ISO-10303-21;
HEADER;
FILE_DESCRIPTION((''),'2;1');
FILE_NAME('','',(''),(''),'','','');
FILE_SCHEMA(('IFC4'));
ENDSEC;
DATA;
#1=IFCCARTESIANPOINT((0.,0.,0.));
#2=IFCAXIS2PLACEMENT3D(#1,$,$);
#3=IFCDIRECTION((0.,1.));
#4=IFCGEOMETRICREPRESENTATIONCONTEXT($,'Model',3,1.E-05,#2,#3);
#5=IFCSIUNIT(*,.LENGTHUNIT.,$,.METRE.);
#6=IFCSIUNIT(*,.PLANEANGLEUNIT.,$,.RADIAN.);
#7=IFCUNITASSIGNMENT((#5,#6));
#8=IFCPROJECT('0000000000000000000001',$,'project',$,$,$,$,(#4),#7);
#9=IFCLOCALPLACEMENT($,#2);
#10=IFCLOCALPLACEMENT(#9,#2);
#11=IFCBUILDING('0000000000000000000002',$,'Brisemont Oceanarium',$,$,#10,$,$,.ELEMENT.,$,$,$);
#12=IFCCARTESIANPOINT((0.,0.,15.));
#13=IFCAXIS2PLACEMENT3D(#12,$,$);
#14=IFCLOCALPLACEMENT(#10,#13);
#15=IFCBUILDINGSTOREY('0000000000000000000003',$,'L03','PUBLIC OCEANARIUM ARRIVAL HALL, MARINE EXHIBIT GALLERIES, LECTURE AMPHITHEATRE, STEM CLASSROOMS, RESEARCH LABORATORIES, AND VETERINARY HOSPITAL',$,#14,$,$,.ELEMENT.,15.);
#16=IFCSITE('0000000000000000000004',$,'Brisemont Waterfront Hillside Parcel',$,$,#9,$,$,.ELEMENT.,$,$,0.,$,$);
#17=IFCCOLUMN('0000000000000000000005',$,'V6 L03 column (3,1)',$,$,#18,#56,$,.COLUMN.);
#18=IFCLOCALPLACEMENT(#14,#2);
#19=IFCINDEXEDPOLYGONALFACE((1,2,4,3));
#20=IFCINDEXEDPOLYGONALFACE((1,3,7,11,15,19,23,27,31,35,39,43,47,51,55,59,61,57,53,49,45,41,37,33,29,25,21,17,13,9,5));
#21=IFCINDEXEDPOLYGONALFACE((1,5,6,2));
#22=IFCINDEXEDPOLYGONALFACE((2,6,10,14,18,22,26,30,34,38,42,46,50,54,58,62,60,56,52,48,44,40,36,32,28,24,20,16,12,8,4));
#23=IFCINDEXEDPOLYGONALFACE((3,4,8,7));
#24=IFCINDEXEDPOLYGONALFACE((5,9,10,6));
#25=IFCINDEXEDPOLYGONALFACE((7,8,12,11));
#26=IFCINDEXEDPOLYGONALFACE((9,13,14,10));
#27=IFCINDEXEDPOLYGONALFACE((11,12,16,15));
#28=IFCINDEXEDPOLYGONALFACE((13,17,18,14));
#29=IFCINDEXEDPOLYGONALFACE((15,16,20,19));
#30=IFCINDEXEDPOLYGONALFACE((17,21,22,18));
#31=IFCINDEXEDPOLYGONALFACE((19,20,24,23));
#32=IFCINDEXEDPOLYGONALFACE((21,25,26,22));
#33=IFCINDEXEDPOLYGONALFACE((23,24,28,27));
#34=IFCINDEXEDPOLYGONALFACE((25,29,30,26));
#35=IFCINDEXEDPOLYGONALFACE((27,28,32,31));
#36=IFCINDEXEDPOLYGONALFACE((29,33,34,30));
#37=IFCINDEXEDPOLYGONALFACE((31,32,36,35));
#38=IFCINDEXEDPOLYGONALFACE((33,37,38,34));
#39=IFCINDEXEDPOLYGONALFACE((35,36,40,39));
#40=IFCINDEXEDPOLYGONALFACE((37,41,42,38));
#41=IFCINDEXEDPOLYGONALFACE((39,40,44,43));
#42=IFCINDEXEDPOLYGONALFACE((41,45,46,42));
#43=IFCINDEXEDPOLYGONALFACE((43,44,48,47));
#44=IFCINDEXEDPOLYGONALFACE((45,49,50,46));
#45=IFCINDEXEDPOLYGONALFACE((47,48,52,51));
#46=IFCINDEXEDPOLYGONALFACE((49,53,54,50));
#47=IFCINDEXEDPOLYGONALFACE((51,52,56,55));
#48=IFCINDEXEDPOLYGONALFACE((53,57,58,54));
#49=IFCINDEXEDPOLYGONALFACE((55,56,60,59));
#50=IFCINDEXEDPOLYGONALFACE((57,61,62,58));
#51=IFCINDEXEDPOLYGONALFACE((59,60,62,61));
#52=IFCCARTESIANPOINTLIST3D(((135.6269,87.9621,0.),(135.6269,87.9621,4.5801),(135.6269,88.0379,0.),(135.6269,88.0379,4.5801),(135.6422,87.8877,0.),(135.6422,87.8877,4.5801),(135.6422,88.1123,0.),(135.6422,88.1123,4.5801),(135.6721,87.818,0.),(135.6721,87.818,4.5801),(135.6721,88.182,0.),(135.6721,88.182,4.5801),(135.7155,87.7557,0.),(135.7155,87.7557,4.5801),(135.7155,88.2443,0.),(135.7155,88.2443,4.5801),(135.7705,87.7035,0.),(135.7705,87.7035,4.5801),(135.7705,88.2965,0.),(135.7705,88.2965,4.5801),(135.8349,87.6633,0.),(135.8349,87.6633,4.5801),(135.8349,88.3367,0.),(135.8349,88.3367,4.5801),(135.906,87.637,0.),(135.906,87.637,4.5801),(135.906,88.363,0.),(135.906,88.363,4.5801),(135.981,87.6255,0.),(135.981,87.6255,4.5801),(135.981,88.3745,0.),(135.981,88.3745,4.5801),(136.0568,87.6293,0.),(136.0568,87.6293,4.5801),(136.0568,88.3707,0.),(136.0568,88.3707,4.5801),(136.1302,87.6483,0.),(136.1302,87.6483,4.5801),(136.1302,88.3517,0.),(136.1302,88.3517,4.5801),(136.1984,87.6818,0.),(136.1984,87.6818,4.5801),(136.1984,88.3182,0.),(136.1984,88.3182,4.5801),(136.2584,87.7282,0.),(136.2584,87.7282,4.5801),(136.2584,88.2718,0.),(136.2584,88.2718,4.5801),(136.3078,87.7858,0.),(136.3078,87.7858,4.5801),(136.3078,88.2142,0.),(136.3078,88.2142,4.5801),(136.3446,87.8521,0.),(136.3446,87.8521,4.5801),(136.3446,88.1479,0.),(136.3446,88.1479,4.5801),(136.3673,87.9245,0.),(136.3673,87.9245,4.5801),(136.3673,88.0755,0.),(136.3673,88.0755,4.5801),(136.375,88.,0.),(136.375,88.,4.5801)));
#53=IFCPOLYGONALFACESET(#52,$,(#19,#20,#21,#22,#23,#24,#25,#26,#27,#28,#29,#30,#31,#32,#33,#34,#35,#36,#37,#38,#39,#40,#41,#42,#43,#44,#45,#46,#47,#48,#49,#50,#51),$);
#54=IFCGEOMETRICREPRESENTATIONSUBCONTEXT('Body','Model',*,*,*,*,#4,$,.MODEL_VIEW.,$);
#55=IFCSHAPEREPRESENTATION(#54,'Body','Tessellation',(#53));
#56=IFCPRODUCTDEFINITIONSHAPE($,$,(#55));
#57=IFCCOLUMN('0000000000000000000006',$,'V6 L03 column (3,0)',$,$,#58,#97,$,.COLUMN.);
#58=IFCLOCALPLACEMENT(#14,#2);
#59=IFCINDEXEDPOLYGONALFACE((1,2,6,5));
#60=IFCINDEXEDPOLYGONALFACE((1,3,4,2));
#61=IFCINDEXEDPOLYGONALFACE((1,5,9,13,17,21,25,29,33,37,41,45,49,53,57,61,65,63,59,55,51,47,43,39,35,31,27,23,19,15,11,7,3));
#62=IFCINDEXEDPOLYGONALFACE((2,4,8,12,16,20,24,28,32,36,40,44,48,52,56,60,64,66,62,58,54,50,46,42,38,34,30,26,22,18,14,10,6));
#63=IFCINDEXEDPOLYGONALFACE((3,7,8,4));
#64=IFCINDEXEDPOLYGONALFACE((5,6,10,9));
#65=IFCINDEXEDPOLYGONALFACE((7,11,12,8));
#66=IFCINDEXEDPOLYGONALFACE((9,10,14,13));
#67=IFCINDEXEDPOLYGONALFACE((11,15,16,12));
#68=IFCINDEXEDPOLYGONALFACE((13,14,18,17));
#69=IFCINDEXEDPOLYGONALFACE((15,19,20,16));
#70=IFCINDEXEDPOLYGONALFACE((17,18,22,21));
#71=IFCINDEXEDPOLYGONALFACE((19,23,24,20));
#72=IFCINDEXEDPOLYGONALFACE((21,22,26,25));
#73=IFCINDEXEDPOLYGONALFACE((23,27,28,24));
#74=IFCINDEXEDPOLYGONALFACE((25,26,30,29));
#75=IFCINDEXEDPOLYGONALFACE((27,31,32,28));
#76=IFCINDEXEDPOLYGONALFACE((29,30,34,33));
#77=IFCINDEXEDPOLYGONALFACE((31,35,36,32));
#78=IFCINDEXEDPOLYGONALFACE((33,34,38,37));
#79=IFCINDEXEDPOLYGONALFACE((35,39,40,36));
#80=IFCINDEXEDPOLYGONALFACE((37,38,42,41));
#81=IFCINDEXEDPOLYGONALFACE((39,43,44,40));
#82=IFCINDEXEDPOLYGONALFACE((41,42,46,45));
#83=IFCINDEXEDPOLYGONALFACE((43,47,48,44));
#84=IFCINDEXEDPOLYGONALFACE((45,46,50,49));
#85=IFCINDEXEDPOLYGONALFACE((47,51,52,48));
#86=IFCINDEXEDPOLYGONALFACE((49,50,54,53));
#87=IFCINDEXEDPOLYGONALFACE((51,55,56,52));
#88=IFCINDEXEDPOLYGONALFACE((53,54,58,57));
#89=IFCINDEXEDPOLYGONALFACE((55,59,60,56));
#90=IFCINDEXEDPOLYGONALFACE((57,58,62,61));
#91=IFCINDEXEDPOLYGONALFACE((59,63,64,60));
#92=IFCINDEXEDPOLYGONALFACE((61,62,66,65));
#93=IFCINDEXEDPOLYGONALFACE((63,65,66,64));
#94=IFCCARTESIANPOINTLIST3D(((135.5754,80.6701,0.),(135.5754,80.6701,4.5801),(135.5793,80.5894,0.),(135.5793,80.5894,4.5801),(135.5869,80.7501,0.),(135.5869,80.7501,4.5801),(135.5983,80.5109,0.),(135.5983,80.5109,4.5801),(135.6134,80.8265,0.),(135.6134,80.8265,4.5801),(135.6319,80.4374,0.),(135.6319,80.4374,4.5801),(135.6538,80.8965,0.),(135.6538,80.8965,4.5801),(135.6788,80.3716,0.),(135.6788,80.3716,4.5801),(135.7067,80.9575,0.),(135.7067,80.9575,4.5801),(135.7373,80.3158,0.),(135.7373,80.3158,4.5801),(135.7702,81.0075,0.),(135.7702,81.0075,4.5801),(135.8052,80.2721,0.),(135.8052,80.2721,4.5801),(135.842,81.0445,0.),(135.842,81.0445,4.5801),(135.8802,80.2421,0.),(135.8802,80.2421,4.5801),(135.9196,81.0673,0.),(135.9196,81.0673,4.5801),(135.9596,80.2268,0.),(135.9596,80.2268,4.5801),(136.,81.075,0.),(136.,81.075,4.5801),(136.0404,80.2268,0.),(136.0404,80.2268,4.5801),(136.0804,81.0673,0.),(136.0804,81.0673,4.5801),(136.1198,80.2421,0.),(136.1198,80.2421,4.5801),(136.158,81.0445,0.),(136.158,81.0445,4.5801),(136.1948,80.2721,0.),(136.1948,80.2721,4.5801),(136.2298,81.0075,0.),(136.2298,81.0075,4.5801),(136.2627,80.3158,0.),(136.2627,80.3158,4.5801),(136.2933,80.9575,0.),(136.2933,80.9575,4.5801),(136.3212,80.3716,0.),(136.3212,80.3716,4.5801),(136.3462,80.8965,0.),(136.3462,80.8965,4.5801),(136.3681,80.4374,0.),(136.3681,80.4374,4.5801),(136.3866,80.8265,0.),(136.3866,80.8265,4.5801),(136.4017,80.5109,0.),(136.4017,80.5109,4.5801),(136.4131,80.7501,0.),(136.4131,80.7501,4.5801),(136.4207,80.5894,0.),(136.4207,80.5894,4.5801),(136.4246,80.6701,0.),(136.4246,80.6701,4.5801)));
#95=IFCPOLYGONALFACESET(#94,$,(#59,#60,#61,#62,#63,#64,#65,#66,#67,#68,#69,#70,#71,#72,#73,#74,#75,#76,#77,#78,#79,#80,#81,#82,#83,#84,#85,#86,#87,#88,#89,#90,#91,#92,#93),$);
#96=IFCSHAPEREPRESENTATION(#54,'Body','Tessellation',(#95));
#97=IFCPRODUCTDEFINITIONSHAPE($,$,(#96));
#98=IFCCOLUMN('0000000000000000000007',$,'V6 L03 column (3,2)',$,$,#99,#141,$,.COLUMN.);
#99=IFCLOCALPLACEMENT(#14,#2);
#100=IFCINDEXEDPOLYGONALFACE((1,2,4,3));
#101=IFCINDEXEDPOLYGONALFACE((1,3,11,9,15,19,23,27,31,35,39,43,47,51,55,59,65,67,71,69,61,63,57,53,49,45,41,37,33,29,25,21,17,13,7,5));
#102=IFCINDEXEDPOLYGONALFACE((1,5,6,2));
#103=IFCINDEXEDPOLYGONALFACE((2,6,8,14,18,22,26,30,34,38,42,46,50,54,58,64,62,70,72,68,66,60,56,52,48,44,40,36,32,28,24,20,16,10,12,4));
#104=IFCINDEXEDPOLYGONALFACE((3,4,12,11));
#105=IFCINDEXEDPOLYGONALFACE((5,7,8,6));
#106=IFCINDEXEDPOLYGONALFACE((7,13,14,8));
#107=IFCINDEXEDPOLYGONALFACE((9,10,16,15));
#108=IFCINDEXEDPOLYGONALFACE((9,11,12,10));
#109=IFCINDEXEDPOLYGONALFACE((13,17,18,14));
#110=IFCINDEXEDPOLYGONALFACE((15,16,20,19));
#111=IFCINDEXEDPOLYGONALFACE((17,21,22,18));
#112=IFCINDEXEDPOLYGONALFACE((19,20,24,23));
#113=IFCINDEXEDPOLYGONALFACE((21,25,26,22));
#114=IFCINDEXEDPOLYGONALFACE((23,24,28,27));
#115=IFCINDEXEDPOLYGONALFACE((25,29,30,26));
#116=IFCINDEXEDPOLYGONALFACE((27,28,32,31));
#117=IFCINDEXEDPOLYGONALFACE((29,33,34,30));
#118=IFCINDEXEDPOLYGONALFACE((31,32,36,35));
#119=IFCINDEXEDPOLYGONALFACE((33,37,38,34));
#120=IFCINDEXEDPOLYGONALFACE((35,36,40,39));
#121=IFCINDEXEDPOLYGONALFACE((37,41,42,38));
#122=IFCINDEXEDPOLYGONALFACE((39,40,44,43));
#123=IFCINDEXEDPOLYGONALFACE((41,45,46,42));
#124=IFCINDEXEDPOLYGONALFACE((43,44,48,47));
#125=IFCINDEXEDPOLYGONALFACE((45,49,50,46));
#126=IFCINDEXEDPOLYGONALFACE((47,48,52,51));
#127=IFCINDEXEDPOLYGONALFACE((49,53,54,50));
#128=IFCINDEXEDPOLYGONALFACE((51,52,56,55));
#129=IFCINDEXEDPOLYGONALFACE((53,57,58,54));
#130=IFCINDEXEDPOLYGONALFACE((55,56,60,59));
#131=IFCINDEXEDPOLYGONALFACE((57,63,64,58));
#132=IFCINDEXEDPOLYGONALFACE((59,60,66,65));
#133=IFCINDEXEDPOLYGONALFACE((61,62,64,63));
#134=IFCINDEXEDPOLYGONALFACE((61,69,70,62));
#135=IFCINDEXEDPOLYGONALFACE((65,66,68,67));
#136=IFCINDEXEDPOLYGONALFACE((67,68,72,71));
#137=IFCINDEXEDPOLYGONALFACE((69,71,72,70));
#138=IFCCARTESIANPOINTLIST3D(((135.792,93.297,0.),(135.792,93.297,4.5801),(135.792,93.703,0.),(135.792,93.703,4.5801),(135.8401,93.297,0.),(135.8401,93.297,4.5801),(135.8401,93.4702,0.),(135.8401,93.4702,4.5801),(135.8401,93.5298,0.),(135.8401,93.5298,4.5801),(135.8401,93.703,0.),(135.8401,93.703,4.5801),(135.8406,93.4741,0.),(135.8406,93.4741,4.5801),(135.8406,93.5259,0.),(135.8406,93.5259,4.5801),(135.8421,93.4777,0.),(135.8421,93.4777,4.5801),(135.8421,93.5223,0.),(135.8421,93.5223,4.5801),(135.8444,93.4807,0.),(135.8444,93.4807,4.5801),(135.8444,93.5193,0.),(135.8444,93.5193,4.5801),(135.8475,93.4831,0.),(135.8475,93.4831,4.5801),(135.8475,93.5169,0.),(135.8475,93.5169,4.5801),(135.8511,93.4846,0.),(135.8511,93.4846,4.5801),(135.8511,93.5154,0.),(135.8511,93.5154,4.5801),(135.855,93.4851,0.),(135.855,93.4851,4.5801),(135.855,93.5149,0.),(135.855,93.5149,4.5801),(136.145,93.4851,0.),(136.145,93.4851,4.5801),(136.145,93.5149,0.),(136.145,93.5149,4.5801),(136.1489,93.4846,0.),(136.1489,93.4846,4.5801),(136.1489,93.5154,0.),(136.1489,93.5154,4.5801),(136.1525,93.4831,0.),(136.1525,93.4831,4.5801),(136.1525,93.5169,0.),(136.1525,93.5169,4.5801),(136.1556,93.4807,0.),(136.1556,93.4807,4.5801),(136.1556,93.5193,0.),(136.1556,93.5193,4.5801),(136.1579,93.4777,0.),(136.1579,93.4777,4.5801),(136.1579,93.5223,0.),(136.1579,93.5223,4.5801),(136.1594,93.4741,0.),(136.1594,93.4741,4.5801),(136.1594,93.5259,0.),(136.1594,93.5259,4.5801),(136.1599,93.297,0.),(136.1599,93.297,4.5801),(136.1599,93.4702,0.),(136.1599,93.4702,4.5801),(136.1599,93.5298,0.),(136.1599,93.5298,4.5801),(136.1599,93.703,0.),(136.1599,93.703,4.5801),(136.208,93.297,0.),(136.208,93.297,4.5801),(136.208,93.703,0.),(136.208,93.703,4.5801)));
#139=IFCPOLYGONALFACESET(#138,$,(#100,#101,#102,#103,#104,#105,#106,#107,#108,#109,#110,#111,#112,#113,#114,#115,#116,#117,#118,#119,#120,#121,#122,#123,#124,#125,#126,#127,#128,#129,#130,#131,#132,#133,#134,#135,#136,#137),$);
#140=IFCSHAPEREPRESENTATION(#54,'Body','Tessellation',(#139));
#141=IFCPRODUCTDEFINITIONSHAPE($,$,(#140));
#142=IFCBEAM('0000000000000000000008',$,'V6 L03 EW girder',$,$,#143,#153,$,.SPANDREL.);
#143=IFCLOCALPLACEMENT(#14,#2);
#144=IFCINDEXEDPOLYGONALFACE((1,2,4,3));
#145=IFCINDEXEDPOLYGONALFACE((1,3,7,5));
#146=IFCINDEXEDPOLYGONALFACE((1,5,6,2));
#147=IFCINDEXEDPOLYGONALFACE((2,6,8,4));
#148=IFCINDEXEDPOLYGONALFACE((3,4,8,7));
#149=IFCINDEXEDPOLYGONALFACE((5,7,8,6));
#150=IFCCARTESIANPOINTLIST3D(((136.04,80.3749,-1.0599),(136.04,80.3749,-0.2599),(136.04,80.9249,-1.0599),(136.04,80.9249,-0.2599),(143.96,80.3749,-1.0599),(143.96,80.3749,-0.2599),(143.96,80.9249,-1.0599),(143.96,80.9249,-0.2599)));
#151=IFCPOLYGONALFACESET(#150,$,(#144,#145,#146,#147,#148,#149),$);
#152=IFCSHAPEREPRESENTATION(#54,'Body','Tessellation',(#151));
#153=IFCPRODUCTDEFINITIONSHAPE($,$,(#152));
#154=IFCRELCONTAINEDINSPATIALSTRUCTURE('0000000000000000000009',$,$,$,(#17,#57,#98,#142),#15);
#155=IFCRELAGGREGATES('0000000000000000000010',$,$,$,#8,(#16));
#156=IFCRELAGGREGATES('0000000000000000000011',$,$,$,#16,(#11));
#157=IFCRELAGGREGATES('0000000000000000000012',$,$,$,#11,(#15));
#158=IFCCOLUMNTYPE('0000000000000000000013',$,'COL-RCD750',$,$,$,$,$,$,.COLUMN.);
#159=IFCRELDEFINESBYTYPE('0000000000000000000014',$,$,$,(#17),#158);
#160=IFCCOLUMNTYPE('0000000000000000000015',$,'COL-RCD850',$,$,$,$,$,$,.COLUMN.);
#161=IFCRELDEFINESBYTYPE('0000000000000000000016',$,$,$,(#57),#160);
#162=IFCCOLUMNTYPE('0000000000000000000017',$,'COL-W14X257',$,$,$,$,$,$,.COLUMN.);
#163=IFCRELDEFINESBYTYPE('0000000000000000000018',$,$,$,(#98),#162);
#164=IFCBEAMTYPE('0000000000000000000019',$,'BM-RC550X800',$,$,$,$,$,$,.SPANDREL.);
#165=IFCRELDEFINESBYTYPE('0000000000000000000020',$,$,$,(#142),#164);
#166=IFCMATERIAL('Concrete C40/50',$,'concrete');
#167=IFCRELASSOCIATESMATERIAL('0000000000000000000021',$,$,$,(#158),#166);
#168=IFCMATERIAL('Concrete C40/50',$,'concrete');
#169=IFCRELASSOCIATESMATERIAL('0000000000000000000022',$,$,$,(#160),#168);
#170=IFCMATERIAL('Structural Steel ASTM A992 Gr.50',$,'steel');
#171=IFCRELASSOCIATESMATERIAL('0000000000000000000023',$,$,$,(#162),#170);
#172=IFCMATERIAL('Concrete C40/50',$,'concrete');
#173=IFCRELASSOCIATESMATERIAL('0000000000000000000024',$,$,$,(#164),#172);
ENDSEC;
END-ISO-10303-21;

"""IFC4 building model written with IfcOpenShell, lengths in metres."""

from ifc_helpers import new_model, si_unit, direction, frame, origin, origin_2d, place, context, subcontext, project, spatial, rectangle, circle, i_section, extrude, material, material_profile, profile_set, type_object, element, save


model = new_model("IFC4")

# Units and contexts
model_context = context("Model", 3, precision=1e-05, world=origin(), true_north=direction((0.0, 1.0)))
body_context = subcontext(model_context, "Body", "Model", "MODEL_VIEW")
ifc_project = project(units=[si_unit("LENGTHUNIT", "METRE"), si_unit("PLANEANGLEUNIT", "RADIAN")], contexts=[model_context])

# Site, building, storey
site_placement = place(None, origin())
site = spatial("IfcSite", under=ifc_project, at=site_placement, Name="Brisemont Waterfront Hillside Parcel", CompositionType="ELEMENT", RefElevation=0.0)
building_placement = place(site_placement, origin())
building = spatial("IfcBuilding", under=site, at=building_placement, Name="Brisemont Oceanarium", CompositionType="ELEMENT")
storey_placement = place(building_placement, frame((0.0, 0.0, 15.0)))
storey = spatial("IfcBuildingStorey", under=building, at=storey_placement, Name="L03", Description="PUBLIC OCEANARIUM ARRIVAL HALL, MARINE EXHIBIT GALLERIES, LECTURE AMPHITHEATRE, STEM CLASSROOMS, RESEARCH LABORATORIES, AND VETERINARY HOSPITAL", CompositionType="ELEMENT", Elevation=15.0)

# Columns
ifc_material_1 = material(Name="Concrete C40/50", Category="concrete")
ifc_material_profile_1 = material_profile(ifc_material_1, circle(Radius=0.375, at=origin_2d()), Name="RC-COL-D750")
ifc_profile_set_1 = profile_set([ifc_material_profile_1], Name="Concrete C40/50")
column_type_1 = type_object("IfcColumnType", Name="COL-RCD750", PredefinedType="COLUMN", material=ifc_profile_set_1)
column_1_placement = place(storey_placement, frame((136.0, 88.0, 0.0), z_axis=(0.0, 0.0, 1.0), x_axis=(1.0, 0.0, 0.0)))
element("IfcColumn", 1, at=column_1_placement, inside=storey, type_object=column_type_1, Name="V6 L03 column (3,1)", PredefinedType="COLUMN", context=body_context, shape_type="SweptSolid", body=[
    extrude(circle(Radius=0.375, at=origin_2d()), origin(), (0.0, 0.0, 1.0), 4.5801),
])
ifc_material_2 = material(Name="Concrete C40/50", Category="concrete")
ifc_material_profile_2 = material_profile(ifc_material_2, circle(Radius=0.425, at=origin_2d()), Name="RC-COL-D850")
ifc_profile_set_2 = profile_set([ifc_material_profile_2], Name="Concrete C40/50")
column_type_2 = type_object("IfcColumnType", Name="COL-RCD850", PredefinedType="COLUMN", material=ifc_profile_set_2)
column_2_placement = place(storey_placement, frame((136.0, 80.6499, 0.0), z_axis=(0.0, 0.0, 1.0), x_axis=(0.0, 1.0, 0.0)))
element("IfcColumn", 2, at=column_2_placement, inside=storey, type_object=column_type_2, Name="V6 L03 column (3,0)", PredefinedType="COLUMN", context=body_context, shape_type="SweptSolid", body=[
    extrude(circle(Radius=0.425, at=origin_2d()), origin(), (0.0, 0.0, 1.0), 4.5801),
])
ifc_material_3 = material(Name="Structural Steel ASTM A992 Gr.50", Category="steel")
ifc_material_profile_3 = material_profile(ifc_material_3, i_section(OverallWidth=0.406, OverallDepth=0.416, WebThickness=0.0298, FlangeThickness=0.0481, FilletRadius=0.0149, at=origin_2d()), Name="W14X257")
ifc_profile_set_3 = profile_set([ifc_material_profile_3], Name="Structural Steel ASTM A992 Gr.50")
column_type_3 = type_object("IfcColumnType", Name="COL-W14X257", PredefinedType="COLUMN", material=ifc_profile_set_3)
column_3_placement = place(storey_placement, frame((136.0, 93.5, 0.0), z_axis=(0.0, 0.0, 1.0), x_axis=(0.0, 1.0, 0.0)))
element("IfcColumn", 3, at=column_3_placement, inside=storey, type_object=column_type_3, Name="V6 L03 column (3,2)", PredefinedType="COLUMN", context=body_context, shape_type="SweptSolid", body=[
    extrude(i_section(OverallWidth=0.406, OverallDepth=0.416, WebThickness=0.0298, FlangeThickness=0.0481, FilletRadius=0.0149, at=origin_2d()), origin(), (0.0, 0.0, 1.0), 4.5801),
])

# Beam
ifc_material_4 = material(Name="Concrete C40/50", Category="concrete")
ifc_material_profile_4 = material_profile(ifc_material_4, rectangle(XDim=0.55, YDim=0.8, at=origin_2d()), Name="RC-BM-550X800")
ifc_profile_set_4 = profile_set([ifc_material_profile_4], Name="Concrete C40/50")
beam_type_1 = type_object("IfcBeamType", Name="BM-RC550X800", PredefinedType="SPANDREL", material=ifc_profile_set_4)
beam_1_placement = place(storey_placement, frame((136.04, 80.6499, -0.6599), z_axis=(1.0, 0.0, 0.0), x_axis=(0.0, 1.0, 0.0)))
element("IfcBeam", 4, at=beam_1_placement, inside=storey, type_object=beam_type_1, Name="V6 L03 EW girder", PredefinedType="SPANDREL", context=body_context, shape_type="SweptSolid", body=[
    extrude(rectangle(XDim=0.55, YDim=0.8, at=origin_2d()), origin(), (0.0, 0.0, 1.0), 7.9199),
])

save(model, "model.ifc")
